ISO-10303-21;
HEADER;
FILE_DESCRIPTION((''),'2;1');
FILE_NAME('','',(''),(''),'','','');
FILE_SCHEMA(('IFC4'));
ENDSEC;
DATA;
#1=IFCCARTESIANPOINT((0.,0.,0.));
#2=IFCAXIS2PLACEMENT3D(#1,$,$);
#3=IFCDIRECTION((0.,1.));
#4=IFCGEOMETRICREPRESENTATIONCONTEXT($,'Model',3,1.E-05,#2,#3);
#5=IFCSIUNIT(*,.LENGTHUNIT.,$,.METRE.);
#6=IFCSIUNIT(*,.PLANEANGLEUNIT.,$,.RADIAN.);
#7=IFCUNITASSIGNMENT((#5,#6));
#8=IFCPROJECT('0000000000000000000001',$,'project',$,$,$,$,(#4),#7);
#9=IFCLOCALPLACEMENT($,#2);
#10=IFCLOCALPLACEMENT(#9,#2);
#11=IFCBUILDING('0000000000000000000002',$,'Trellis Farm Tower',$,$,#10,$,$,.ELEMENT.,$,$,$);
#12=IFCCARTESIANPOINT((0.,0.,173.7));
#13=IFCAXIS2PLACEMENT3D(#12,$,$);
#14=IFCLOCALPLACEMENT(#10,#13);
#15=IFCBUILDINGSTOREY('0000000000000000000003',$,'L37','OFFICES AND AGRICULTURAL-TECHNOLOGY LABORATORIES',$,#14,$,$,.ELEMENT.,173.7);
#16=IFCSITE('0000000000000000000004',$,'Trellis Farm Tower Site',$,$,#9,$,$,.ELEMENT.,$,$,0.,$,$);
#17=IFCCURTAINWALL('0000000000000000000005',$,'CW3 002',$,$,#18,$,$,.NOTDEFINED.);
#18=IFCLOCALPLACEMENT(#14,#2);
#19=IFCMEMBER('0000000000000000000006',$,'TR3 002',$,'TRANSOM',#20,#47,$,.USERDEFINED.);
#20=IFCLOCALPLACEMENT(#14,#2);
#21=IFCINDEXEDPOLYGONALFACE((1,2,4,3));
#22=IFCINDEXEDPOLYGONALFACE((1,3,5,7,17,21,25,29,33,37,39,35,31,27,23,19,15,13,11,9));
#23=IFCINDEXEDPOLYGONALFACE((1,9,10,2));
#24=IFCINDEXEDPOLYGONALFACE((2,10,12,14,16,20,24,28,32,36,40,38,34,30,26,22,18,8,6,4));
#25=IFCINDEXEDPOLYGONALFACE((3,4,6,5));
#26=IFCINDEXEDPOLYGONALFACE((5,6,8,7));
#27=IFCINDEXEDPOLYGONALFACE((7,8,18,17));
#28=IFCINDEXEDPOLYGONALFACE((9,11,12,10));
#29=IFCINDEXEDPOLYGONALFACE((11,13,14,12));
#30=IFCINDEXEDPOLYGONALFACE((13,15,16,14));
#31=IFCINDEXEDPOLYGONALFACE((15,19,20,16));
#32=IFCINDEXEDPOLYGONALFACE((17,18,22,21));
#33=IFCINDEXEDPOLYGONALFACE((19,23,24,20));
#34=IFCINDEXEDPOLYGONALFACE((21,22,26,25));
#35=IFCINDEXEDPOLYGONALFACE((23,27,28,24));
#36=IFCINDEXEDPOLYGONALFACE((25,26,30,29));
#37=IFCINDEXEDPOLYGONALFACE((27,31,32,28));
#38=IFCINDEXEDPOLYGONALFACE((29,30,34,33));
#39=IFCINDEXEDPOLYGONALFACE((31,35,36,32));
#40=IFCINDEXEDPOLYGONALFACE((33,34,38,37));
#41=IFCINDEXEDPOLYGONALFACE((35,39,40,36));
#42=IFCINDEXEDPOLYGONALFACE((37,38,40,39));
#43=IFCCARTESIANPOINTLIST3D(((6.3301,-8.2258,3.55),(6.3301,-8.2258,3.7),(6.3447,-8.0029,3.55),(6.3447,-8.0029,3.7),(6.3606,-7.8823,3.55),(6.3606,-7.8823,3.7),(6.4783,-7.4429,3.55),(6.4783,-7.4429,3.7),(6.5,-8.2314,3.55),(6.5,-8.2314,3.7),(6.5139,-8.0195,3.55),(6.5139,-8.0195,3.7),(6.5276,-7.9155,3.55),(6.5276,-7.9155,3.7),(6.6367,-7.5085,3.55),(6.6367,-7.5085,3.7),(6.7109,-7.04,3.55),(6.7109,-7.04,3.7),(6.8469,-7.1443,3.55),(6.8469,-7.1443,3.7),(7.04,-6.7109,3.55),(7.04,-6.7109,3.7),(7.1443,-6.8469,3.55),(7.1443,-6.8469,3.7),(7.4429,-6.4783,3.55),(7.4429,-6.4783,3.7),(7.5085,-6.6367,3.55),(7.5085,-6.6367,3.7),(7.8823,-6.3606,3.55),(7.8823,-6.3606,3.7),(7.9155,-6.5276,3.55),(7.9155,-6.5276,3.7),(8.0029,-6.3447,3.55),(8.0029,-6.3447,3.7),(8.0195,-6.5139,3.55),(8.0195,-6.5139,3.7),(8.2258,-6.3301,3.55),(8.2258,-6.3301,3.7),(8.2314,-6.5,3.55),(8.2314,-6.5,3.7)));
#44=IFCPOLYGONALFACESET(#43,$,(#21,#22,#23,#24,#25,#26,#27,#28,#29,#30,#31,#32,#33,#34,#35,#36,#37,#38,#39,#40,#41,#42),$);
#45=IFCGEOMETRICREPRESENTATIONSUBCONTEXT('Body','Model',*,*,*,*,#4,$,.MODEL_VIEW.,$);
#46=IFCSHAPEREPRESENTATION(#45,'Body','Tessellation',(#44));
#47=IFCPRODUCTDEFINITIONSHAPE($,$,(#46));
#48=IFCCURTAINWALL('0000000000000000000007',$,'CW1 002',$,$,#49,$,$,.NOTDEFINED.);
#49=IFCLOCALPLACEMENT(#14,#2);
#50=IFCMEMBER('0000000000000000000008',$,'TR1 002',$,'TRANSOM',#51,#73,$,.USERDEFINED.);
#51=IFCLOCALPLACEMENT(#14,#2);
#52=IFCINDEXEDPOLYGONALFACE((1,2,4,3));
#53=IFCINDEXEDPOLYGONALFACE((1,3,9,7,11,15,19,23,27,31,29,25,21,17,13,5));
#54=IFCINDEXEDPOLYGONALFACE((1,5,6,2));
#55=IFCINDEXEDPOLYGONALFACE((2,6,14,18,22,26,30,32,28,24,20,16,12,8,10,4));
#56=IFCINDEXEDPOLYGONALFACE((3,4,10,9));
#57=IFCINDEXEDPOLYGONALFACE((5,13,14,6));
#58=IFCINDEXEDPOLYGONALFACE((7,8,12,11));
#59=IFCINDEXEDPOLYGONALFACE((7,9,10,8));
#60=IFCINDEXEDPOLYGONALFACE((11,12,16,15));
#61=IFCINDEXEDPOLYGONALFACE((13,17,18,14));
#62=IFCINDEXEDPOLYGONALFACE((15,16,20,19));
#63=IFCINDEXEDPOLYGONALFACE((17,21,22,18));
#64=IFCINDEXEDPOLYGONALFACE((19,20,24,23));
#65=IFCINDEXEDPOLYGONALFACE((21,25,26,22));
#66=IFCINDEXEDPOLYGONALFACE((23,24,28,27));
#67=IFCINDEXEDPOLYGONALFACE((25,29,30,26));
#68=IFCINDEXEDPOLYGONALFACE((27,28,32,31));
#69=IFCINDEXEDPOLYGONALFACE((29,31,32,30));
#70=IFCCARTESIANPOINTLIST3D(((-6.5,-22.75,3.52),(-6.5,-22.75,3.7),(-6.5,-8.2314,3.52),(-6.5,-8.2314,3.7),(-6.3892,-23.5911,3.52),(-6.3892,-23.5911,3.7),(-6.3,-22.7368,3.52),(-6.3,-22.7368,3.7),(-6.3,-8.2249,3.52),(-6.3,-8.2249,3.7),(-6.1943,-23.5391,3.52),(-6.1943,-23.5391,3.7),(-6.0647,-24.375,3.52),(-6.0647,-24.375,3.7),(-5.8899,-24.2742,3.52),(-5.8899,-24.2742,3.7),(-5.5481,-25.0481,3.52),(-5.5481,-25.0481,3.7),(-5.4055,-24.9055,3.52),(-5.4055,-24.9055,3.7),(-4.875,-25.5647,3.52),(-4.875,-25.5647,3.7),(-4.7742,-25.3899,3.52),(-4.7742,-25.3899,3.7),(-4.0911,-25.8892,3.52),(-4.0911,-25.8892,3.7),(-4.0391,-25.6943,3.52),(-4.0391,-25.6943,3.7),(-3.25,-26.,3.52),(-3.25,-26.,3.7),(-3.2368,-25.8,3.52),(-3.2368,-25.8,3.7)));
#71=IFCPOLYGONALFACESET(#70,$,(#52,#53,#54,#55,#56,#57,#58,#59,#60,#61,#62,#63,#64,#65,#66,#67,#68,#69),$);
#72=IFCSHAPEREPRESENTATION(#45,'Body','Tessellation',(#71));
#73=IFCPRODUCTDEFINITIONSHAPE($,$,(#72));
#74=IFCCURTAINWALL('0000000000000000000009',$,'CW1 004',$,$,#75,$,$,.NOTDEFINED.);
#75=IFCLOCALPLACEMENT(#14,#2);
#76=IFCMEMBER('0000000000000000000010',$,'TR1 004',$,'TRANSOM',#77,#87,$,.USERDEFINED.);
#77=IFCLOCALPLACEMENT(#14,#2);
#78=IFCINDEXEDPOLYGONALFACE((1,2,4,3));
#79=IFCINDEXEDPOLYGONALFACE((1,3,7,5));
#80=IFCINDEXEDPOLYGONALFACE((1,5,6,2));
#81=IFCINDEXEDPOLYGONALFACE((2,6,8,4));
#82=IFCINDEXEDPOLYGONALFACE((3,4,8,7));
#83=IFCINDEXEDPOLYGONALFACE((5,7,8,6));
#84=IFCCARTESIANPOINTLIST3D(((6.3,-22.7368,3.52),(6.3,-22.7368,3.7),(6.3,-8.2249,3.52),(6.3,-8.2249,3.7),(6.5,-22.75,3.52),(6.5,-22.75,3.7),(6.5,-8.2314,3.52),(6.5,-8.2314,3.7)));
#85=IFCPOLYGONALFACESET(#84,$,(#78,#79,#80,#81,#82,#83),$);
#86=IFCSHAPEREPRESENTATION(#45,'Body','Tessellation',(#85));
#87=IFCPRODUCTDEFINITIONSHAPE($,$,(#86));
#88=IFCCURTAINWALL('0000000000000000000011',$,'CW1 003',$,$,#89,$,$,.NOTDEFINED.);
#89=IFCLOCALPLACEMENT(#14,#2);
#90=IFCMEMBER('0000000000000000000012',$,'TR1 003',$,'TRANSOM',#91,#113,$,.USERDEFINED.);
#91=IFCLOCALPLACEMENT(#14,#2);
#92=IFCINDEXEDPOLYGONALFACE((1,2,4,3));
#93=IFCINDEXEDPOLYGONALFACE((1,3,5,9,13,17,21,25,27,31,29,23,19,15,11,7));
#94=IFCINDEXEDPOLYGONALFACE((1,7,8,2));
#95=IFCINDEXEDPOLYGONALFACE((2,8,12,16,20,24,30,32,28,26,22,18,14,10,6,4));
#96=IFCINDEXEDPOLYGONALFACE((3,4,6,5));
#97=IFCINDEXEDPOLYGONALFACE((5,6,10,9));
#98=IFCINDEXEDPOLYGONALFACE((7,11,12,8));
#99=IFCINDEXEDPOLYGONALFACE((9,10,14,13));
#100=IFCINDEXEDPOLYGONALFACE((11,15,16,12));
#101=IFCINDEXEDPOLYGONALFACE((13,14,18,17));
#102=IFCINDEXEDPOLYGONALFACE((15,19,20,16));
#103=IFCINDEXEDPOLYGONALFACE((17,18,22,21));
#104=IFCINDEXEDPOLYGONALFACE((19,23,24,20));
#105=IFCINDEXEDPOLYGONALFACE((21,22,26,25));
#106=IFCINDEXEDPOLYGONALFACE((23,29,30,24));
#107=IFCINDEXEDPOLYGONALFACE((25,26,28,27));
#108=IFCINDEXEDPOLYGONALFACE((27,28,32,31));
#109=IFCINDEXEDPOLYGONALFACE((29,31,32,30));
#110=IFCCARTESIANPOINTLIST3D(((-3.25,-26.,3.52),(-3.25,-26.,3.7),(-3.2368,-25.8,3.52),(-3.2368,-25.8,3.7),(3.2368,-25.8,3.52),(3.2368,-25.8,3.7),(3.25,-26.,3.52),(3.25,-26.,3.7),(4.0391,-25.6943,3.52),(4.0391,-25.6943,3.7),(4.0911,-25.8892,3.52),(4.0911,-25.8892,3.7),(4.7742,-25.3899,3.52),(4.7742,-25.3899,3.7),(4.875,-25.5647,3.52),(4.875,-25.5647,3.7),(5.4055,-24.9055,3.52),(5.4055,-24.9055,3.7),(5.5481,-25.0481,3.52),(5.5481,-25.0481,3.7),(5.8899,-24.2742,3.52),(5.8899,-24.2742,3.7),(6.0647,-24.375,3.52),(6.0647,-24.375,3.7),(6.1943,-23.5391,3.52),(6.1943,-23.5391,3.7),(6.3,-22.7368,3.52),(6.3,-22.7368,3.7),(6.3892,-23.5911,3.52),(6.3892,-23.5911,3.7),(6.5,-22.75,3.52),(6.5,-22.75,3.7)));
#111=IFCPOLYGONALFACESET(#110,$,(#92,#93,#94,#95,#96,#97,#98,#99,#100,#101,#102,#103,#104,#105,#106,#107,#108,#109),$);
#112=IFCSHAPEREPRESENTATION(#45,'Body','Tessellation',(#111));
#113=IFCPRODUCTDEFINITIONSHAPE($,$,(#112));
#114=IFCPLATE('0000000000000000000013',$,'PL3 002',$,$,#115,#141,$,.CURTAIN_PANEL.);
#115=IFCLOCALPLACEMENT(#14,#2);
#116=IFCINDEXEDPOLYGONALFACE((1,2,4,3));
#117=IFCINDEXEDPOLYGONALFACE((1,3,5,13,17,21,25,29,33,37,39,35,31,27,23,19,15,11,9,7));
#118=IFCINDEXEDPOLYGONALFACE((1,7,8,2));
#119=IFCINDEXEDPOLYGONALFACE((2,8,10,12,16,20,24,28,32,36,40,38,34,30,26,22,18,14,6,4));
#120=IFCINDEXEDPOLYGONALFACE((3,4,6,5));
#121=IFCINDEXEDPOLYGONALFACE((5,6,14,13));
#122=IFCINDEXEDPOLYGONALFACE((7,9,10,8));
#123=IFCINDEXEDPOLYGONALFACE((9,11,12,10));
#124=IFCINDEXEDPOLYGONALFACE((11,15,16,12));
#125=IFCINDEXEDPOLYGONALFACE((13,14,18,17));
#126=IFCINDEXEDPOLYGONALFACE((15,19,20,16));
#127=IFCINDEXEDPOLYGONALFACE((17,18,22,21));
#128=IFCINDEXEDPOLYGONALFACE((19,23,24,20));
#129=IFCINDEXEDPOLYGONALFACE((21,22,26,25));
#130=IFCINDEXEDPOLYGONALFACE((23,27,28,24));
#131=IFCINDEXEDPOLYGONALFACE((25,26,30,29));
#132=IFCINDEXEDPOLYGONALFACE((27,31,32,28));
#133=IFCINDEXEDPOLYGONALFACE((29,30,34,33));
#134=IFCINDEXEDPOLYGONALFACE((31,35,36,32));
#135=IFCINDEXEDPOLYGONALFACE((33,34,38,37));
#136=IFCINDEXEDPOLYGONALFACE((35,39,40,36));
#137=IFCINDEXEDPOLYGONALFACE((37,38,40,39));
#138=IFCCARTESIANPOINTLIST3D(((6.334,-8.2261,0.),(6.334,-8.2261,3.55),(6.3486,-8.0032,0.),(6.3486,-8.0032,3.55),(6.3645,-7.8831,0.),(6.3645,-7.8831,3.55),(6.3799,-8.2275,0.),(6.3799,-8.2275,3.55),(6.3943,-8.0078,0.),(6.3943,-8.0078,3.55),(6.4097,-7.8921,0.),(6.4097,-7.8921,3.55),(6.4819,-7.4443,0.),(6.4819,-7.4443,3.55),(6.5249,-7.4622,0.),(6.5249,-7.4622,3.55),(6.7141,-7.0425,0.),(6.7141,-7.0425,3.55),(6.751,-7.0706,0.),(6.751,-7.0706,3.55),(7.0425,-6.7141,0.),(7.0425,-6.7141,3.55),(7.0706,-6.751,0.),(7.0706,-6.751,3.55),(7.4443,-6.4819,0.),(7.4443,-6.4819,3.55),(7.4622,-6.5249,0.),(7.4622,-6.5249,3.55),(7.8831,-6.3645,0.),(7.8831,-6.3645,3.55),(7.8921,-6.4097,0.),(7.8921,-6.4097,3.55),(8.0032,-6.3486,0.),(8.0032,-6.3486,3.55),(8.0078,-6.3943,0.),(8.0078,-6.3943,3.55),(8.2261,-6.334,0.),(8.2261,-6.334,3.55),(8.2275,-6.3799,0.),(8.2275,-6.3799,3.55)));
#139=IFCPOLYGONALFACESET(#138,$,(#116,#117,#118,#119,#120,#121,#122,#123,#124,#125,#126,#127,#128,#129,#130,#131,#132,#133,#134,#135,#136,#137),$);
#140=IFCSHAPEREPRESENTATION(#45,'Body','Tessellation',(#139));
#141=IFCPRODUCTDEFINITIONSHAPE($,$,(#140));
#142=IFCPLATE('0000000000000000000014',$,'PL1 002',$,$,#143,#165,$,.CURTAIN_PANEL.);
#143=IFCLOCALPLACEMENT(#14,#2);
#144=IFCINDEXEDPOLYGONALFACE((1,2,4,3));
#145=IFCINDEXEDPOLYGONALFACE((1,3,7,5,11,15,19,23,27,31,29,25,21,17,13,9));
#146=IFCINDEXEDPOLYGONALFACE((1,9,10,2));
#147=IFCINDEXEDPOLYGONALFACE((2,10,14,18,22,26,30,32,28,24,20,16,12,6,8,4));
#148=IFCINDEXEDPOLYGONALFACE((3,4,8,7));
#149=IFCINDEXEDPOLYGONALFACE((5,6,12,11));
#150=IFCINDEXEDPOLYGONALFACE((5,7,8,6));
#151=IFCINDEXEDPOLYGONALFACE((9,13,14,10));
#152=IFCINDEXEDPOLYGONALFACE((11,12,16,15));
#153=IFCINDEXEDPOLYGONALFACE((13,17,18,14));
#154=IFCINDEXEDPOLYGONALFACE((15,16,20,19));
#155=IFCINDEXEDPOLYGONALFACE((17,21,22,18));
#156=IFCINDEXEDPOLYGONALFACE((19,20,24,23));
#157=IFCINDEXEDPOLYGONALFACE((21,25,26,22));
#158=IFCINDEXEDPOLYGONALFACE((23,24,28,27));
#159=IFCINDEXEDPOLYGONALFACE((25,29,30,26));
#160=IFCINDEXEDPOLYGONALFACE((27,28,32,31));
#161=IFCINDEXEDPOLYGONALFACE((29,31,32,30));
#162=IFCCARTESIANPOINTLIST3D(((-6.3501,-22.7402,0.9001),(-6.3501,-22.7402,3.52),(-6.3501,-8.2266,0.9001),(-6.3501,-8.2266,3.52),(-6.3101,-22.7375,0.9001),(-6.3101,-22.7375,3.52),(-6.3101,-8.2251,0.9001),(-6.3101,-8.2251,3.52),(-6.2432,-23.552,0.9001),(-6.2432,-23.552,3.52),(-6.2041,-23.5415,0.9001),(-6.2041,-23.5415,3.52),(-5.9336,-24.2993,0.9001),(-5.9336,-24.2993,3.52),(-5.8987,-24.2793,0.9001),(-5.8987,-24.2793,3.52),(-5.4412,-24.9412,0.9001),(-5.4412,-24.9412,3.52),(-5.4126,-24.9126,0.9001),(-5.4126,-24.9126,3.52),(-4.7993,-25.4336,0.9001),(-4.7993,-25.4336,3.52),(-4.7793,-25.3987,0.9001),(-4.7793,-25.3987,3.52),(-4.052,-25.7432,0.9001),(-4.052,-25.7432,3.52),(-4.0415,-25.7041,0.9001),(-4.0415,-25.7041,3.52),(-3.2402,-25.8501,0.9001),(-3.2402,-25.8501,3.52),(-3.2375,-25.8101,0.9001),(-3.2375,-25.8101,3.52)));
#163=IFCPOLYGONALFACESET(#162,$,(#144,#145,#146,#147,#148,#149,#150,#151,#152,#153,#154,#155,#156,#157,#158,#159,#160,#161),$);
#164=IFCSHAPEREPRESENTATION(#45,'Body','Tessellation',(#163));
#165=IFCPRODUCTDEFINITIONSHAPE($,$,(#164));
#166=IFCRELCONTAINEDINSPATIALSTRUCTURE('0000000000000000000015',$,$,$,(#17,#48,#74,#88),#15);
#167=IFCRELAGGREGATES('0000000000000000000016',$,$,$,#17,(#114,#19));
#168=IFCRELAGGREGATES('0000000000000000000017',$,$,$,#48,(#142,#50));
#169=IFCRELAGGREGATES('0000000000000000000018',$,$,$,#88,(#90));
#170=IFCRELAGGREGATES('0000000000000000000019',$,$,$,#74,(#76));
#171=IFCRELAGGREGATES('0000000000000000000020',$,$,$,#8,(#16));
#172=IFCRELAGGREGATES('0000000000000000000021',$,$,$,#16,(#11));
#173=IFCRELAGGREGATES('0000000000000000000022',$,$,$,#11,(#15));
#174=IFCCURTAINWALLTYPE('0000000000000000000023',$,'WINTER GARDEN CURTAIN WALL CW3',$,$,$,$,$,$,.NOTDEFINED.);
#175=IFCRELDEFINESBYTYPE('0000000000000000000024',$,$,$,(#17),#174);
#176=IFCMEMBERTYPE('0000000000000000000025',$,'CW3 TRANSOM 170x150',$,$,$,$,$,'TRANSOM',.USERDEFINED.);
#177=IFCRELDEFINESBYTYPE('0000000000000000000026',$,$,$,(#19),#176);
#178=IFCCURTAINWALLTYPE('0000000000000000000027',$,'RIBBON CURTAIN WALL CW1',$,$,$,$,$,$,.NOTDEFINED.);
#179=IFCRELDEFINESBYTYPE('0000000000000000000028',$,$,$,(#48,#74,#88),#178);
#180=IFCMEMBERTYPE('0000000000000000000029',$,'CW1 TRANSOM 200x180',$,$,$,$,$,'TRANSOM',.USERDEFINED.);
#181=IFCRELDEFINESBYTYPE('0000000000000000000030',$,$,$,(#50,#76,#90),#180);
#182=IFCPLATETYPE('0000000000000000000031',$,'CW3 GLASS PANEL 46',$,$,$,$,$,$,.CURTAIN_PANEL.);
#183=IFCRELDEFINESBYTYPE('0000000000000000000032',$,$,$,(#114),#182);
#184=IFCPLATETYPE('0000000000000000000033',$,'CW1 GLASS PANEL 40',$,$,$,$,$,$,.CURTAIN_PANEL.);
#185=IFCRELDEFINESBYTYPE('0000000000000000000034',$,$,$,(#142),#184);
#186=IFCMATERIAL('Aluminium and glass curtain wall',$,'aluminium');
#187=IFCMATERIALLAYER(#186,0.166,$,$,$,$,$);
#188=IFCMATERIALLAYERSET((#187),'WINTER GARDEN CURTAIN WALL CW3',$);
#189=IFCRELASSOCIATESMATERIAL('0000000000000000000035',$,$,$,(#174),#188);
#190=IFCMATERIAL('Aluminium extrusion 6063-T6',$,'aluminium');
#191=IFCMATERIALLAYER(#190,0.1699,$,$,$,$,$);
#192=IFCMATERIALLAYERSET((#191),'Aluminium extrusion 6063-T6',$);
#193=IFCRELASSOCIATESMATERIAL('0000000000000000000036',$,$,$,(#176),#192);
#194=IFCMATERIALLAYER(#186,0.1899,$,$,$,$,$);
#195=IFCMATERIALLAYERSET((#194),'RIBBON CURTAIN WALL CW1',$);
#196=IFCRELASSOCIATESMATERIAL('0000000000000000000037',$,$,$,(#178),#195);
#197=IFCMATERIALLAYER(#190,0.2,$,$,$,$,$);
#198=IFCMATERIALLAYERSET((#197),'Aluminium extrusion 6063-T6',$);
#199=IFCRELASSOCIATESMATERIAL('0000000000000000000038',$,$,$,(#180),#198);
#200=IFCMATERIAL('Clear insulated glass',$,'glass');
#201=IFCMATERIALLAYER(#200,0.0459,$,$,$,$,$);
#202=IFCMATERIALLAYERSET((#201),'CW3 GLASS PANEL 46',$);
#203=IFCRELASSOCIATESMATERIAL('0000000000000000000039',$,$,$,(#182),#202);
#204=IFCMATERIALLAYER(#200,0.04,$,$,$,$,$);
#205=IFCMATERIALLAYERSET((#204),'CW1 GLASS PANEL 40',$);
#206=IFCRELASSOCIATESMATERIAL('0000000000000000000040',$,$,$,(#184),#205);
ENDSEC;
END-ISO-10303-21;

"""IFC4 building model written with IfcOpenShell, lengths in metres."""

from ifc_helpers import new_model, si_unit, direction, frame, origin, place, context, subcontext, project, spatial, polyline, outline, extrude, source, transform, mapped, material, layer, layer_set, type_object, element, aggregate, save


model = new_model("IFC4")

# Units and contexts
model_context = context("Model", 3, precision=1e-05, world=origin(), true_north=direction((0.0, 1.0)))
body_context = subcontext(model_context, "Body", "Model", "MODEL_VIEW")
ifc_project = project(units=[si_unit("LENGTHUNIT", "METRE"), si_unit("PLANEANGLEUNIT", "RADIAN")], contexts=[model_context])

# Site, building, storey
site_placement = place(None, origin())
site = spatial("IfcSite", under=ifc_project, at=site_placement, Name="Trellis Farm Tower Site", CompositionType="ELEMENT", RefElevation=0.0)
building_placement = place(site_placement, origin())
building = spatial("IfcBuilding", under=site, at=building_placement, Name="Trellis Farm Tower", CompositionType="ELEMENT")
storey_placement = place(building_placement, frame((0.0, 0.0, 173.7)))
storey = spatial("IfcBuildingStorey", under=building, at=storey_placement, Name="L37", Description="OFFICES AND AGRICULTURAL-TECHNOLOGY LABORATORIES", CompositionType="ELEMENT", Elevation=173.7)

# Curtain walls, members
ifc_material_1 = material(Name="Aluminium and glass curtain wall", Category="aluminium")
ifc_layer_1 = layer(ifc_material_1, 0.166)
ifc_layer_set_1 = layer_set([ifc_layer_1], Name="WINTER GARDEN CURTAIN WALL CW3")
curtain_wall_type_1 = type_object("IfcCurtainWallType", Name="WINTER GARDEN CURTAIN WALL CW3", PredefinedType="NOTDEFINED", material=ifc_layer_set_1)
placement_1 = place(storey_placement, origin())
curtain_wall_1 = element("IfcCurtainWall", 1, at=placement_1, inside=storey, type_object=curtain_wall_type_1, Name="CW3 002", PredefinedType="NOTDEFINED")
ifc_material_2 = material(Name="Aluminium extrusion 6063-T6", Category="aluminium")
ifc_layer_2 = layer(ifc_material_2, 0.1699)
ifc_layer_set_2 = layer_set([ifc_layer_2], Name="Aluminium extrusion 6063-T6")
member_type_1 = type_object("IfcMemberType", Name="CW3 TRANSOM 170x150", ElementType="TRANSOM", PredefinedType="USERDEFINED", material=ifc_layer_set_2)
shared_shape_1 = source(origin(), body_context, "Body", "SweptSolid", [
    extrude(outline(polyline([(6.5, -8.2314), (6.5139, -8.0195), (6.5276, -7.9155), (6.6367, -7.5085), (6.8469, -7.1443), (7.1443, -6.8469), (7.5085, -6.6367), (7.9155, -6.5276), (8.0195, -6.5139), (8.2314, -6.5), (8.2258, -6.3301), (8.0029, -6.3447), (7.8823, -6.3606), (7.4429, -6.4783), (7.04, -6.7109), (6.7109, -7.04), (6.4783, -7.4429), (6.3606, -7.8823), (6.3447, -8.0029), (6.3301, -8.2258), (6.5, -8.2314)])), origin(), (0.0, 0.0, 1.0), 0.1499),
])
member_1_placement = place(storey_placement, frame((0.0, 0.0, 3.55)))
member_1 = element("IfcMember", 2, at=member_1_placement, type_object=member_type_1, Name="TR3 002", ObjectType="TRANSOM", PredefinedType="USERDEFINED", context=body_context, shape_type="MappedRepresentation", body=[
    mapped(shared_shape_1, transform((0.0, 0.0, 0.0))),
])
ifc_layer_3 = layer(ifc_material_1, 0.1899)
ifc_layer_set_3 = layer_set([ifc_layer_3], Name="RIBBON CURTAIN WALL CW1")
curtain_wall_type_2 = type_object("IfcCurtainWallType", Name="RIBBON CURTAIN WALL CW1", PredefinedType="NOTDEFINED", material=ifc_layer_set_3)
curtain_wall_2 = element("IfcCurtainWall", 3, at=placement_1, inside=storey, type_object=curtain_wall_type_2, Name="CW1 002", PredefinedType="NOTDEFINED")
ifc_layer_4 = layer(ifc_material_2, 0.2)
ifc_layer_set_4 = layer_set([ifc_layer_4], Name="Aluminium extrusion 6063-T6")
member_type_2 = type_object("IfcMemberType", Name="CW1 TRANSOM 200x180", ElementType="TRANSOM", PredefinedType="USERDEFINED", material=ifc_layer_set_4)
shared_shape_2 = source(origin(), body_context, "Body", "SweptSolid", [
    extrude(outline(polyline([(-6.5, -8.2314), (-6.5, -22.75), (-6.3892, -23.5911), (-6.0647, -24.375), (-5.5481, -25.0481), (-4.875, -25.5647), (-4.0911, -25.8892), (-3.25, -26.0), (-3.2368, -25.8), (-4.0391, -25.6943), (-4.7742, -25.3899), (-5.4055, -24.9055), (-5.8899, -24.2742), (-6.1943, -23.5391), (-6.3, -22.7368), (-6.3, -8.2249), (-6.5, -8.2314)])), origin(), (0.0, 0.0, 1.0), 0.1799),
])
placement_2 = place(storey_placement, frame((0.0, 0.0, 3.52)))
member_2 = element("IfcMember", 4, at=placement_2, type_object=member_type_2, Name="TR1 002", ObjectType="TRANSOM", PredefinedType="USERDEFINED", context=body_context, shape_type="MappedRepresentation", body=[
    mapped(shared_shape_2, transform((0.0, 0.0, 0.0))),
])
curtain_wall_3 = element("IfcCurtainWall", 5, at=placement_1, inside=storey, type_object=curtain_wall_type_2, Name="CW1 004", PredefinedType="NOTDEFINED")
shared_shape_3 = source(origin(), body_context, "Body", "SweptSolid", [
    extrude(outline(polyline([(6.5, -22.75), (6.5, -8.2314), (6.3, -8.2249), (6.3, -22.7368), (6.5, -22.75)])), origin(), (0.0, 0.0, 1.0), 0.1799),
])
member_3 = element("IfcMember", 6, at=placement_2, type_object=member_type_2, Name="TR1 004", ObjectType="TRANSOM", PredefinedType="USERDEFINED", context=body_context, shape_type="MappedRepresentation", body=[
    mapped(shared_shape_3, transform((0.0, 0.0, 0.0))),
])
curtain_wall_4 = element("IfcCurtainWall", 7, at=placement_1, inside=storey, type_object=curtain_wall_type_2, Name="CW1 003", PredefinedType="NOTDEFINED")
shared_shape_4 = source(origin(), body_context, "Body", "SweptSolid", [
    extrude(outline(polyline([(-3.25, -26.0), (3.25, -26.0), (4.0911, -25.8892), (4.875, -25.5647), (5.5481, -25.0481), (6.0647, -24.375), (6.3892, -23.5911), (6.5, -22.75), (6.3, -22.7368), (6.1943, -23.5391), (5.8899, -24.2742), (5.4055, -24.9055), (4.7742, -25.3899), (4.0391, -25.6943), (3.2368, -25.8), (-3.2368, -25.8), (-3.25, -26.0)])), origin(), (0.0, 0.0, 1.0), 0.1799),
])
member_4 = element("IfcMember", 8, at=placement_2, type_object=member_type_2, Name="TR1 003", ObjectType="TRANSOM", PredefinedType="USERDEFINED", context=body_context, shape_type="MappedRepresentation", body=[
    mapped(shared_shape_4, transform((0.0, 0.0, 0.0))),
])

# Plates
ifc_material_3 = material(Name="Clear insulated glass", Category="glass")
ifc_layer_5 = layer(ifc_material_3, 0.0459)
ifc_layer_set_5 = layer_set([ifc_layer_5], Name="CW3 GLASS PANEL 46")
plate_type_1 = type_object("IfcPlateType", Name="CW3 GLASS PANEL 46", PredefinedType="CURTAIN_PANEL", material=ifc_layer_set_5)
shared_shape_5 = source(origin(), body_context, "Body", "SweptSolid", [
    extrude(outline(polyline([(6.3799, -8.2275), (6.3943, -8.0078), (6.4097, -7.8921), (6.5249, -7.4622), (6.751, -7.0706), (7.0706, -6.751), (7.4622, -6.5249), (7.8921, -6.4097), (8.0078, -6.3943), (8.2275, -6.3799), (8.2261, -6.334), (8.0032, -6.3486), (7.8831, -6.3645), (7.4443, -6.4819), (7.0425, -6.7141), (6.7141, -7.0425), (6.4819, -7.4443), (6.3645, -7.8831), (6.3486, -8.0032), (6.334, -8.2261), (6.3799, -8.2275)])), origin(), (0.0, 0.0, 1.0), 3.55),
])
plate_1 = element("IfcPlate", 9, at=placement_1, type_object=plate_type_1, Name="PL3 002", PredefinedType="CURTAIN_PANEL", context=body_context, shape_type="MappedRepresentation", body=[
    mapped(shared_shape_5, transform((0.0, 0.0, 0.0))),
])
aggregate(curtain_wall_1, [plate_1, member_1])
ifc_layer_6 = layer(ifc_material_3, 0.04)
ifc_layer_set_6 = layer_set([ifc_layer_6], Name="CW1 GLASS PANEL 40")
plate_type_2 = type_object("IfcPlateType", Name="CW1 GLASS PANEL 40", PredefinedType="CURTAIN_PANEL", material=ifc_layer_set_6)
shared_shape_6 = source(origin(), body_context, "Body", "SweptSolid", [
    extrude(outline(polyline([(-6.3501, -8.2266), (-6.3501, -22.7402), (-6.2432, -23.552), (-5.9336, -24.2993), (-5.4412, -24.9412), (-4.7993, -25.4336), (-4.052, -25.7432), (-3.2402, -25.8501), (-3.2375, -25.8101), (-4.0415, -25.7041), (-4.7793, -25.3987), (-5.4126, -24.9126), (-5.8987, -24.2793), (-6.2041, -23.5415), (-6.3101, -22.7375), (-6.3101, -8.2251), (-6.3501, -8.2266)])), origin(), (0.0, 0.0, 1.0), 2.6199),
])
placement_3 = place(storey_placement, frame((0.0, 0.0, 0.9001)))
plate_2 = element("IfcPlate", 10, at=placement_3, type_object=plate_type_2, Name="PL1 002", PredefinedType="CURTAIN_PANEL", context=body_context, shape_type="MappedRepresentation", body=[
    mapped(shared_shape_6, transform((0.0, 0.0, 0.0))),
])
aggregate(curtain_wall_2, [plate_2, member_2])
aggregate(curtain_wall_4, [member_4])

aggregate(curtain_wall_3, [member_3])

save(model, "model.ifc")
